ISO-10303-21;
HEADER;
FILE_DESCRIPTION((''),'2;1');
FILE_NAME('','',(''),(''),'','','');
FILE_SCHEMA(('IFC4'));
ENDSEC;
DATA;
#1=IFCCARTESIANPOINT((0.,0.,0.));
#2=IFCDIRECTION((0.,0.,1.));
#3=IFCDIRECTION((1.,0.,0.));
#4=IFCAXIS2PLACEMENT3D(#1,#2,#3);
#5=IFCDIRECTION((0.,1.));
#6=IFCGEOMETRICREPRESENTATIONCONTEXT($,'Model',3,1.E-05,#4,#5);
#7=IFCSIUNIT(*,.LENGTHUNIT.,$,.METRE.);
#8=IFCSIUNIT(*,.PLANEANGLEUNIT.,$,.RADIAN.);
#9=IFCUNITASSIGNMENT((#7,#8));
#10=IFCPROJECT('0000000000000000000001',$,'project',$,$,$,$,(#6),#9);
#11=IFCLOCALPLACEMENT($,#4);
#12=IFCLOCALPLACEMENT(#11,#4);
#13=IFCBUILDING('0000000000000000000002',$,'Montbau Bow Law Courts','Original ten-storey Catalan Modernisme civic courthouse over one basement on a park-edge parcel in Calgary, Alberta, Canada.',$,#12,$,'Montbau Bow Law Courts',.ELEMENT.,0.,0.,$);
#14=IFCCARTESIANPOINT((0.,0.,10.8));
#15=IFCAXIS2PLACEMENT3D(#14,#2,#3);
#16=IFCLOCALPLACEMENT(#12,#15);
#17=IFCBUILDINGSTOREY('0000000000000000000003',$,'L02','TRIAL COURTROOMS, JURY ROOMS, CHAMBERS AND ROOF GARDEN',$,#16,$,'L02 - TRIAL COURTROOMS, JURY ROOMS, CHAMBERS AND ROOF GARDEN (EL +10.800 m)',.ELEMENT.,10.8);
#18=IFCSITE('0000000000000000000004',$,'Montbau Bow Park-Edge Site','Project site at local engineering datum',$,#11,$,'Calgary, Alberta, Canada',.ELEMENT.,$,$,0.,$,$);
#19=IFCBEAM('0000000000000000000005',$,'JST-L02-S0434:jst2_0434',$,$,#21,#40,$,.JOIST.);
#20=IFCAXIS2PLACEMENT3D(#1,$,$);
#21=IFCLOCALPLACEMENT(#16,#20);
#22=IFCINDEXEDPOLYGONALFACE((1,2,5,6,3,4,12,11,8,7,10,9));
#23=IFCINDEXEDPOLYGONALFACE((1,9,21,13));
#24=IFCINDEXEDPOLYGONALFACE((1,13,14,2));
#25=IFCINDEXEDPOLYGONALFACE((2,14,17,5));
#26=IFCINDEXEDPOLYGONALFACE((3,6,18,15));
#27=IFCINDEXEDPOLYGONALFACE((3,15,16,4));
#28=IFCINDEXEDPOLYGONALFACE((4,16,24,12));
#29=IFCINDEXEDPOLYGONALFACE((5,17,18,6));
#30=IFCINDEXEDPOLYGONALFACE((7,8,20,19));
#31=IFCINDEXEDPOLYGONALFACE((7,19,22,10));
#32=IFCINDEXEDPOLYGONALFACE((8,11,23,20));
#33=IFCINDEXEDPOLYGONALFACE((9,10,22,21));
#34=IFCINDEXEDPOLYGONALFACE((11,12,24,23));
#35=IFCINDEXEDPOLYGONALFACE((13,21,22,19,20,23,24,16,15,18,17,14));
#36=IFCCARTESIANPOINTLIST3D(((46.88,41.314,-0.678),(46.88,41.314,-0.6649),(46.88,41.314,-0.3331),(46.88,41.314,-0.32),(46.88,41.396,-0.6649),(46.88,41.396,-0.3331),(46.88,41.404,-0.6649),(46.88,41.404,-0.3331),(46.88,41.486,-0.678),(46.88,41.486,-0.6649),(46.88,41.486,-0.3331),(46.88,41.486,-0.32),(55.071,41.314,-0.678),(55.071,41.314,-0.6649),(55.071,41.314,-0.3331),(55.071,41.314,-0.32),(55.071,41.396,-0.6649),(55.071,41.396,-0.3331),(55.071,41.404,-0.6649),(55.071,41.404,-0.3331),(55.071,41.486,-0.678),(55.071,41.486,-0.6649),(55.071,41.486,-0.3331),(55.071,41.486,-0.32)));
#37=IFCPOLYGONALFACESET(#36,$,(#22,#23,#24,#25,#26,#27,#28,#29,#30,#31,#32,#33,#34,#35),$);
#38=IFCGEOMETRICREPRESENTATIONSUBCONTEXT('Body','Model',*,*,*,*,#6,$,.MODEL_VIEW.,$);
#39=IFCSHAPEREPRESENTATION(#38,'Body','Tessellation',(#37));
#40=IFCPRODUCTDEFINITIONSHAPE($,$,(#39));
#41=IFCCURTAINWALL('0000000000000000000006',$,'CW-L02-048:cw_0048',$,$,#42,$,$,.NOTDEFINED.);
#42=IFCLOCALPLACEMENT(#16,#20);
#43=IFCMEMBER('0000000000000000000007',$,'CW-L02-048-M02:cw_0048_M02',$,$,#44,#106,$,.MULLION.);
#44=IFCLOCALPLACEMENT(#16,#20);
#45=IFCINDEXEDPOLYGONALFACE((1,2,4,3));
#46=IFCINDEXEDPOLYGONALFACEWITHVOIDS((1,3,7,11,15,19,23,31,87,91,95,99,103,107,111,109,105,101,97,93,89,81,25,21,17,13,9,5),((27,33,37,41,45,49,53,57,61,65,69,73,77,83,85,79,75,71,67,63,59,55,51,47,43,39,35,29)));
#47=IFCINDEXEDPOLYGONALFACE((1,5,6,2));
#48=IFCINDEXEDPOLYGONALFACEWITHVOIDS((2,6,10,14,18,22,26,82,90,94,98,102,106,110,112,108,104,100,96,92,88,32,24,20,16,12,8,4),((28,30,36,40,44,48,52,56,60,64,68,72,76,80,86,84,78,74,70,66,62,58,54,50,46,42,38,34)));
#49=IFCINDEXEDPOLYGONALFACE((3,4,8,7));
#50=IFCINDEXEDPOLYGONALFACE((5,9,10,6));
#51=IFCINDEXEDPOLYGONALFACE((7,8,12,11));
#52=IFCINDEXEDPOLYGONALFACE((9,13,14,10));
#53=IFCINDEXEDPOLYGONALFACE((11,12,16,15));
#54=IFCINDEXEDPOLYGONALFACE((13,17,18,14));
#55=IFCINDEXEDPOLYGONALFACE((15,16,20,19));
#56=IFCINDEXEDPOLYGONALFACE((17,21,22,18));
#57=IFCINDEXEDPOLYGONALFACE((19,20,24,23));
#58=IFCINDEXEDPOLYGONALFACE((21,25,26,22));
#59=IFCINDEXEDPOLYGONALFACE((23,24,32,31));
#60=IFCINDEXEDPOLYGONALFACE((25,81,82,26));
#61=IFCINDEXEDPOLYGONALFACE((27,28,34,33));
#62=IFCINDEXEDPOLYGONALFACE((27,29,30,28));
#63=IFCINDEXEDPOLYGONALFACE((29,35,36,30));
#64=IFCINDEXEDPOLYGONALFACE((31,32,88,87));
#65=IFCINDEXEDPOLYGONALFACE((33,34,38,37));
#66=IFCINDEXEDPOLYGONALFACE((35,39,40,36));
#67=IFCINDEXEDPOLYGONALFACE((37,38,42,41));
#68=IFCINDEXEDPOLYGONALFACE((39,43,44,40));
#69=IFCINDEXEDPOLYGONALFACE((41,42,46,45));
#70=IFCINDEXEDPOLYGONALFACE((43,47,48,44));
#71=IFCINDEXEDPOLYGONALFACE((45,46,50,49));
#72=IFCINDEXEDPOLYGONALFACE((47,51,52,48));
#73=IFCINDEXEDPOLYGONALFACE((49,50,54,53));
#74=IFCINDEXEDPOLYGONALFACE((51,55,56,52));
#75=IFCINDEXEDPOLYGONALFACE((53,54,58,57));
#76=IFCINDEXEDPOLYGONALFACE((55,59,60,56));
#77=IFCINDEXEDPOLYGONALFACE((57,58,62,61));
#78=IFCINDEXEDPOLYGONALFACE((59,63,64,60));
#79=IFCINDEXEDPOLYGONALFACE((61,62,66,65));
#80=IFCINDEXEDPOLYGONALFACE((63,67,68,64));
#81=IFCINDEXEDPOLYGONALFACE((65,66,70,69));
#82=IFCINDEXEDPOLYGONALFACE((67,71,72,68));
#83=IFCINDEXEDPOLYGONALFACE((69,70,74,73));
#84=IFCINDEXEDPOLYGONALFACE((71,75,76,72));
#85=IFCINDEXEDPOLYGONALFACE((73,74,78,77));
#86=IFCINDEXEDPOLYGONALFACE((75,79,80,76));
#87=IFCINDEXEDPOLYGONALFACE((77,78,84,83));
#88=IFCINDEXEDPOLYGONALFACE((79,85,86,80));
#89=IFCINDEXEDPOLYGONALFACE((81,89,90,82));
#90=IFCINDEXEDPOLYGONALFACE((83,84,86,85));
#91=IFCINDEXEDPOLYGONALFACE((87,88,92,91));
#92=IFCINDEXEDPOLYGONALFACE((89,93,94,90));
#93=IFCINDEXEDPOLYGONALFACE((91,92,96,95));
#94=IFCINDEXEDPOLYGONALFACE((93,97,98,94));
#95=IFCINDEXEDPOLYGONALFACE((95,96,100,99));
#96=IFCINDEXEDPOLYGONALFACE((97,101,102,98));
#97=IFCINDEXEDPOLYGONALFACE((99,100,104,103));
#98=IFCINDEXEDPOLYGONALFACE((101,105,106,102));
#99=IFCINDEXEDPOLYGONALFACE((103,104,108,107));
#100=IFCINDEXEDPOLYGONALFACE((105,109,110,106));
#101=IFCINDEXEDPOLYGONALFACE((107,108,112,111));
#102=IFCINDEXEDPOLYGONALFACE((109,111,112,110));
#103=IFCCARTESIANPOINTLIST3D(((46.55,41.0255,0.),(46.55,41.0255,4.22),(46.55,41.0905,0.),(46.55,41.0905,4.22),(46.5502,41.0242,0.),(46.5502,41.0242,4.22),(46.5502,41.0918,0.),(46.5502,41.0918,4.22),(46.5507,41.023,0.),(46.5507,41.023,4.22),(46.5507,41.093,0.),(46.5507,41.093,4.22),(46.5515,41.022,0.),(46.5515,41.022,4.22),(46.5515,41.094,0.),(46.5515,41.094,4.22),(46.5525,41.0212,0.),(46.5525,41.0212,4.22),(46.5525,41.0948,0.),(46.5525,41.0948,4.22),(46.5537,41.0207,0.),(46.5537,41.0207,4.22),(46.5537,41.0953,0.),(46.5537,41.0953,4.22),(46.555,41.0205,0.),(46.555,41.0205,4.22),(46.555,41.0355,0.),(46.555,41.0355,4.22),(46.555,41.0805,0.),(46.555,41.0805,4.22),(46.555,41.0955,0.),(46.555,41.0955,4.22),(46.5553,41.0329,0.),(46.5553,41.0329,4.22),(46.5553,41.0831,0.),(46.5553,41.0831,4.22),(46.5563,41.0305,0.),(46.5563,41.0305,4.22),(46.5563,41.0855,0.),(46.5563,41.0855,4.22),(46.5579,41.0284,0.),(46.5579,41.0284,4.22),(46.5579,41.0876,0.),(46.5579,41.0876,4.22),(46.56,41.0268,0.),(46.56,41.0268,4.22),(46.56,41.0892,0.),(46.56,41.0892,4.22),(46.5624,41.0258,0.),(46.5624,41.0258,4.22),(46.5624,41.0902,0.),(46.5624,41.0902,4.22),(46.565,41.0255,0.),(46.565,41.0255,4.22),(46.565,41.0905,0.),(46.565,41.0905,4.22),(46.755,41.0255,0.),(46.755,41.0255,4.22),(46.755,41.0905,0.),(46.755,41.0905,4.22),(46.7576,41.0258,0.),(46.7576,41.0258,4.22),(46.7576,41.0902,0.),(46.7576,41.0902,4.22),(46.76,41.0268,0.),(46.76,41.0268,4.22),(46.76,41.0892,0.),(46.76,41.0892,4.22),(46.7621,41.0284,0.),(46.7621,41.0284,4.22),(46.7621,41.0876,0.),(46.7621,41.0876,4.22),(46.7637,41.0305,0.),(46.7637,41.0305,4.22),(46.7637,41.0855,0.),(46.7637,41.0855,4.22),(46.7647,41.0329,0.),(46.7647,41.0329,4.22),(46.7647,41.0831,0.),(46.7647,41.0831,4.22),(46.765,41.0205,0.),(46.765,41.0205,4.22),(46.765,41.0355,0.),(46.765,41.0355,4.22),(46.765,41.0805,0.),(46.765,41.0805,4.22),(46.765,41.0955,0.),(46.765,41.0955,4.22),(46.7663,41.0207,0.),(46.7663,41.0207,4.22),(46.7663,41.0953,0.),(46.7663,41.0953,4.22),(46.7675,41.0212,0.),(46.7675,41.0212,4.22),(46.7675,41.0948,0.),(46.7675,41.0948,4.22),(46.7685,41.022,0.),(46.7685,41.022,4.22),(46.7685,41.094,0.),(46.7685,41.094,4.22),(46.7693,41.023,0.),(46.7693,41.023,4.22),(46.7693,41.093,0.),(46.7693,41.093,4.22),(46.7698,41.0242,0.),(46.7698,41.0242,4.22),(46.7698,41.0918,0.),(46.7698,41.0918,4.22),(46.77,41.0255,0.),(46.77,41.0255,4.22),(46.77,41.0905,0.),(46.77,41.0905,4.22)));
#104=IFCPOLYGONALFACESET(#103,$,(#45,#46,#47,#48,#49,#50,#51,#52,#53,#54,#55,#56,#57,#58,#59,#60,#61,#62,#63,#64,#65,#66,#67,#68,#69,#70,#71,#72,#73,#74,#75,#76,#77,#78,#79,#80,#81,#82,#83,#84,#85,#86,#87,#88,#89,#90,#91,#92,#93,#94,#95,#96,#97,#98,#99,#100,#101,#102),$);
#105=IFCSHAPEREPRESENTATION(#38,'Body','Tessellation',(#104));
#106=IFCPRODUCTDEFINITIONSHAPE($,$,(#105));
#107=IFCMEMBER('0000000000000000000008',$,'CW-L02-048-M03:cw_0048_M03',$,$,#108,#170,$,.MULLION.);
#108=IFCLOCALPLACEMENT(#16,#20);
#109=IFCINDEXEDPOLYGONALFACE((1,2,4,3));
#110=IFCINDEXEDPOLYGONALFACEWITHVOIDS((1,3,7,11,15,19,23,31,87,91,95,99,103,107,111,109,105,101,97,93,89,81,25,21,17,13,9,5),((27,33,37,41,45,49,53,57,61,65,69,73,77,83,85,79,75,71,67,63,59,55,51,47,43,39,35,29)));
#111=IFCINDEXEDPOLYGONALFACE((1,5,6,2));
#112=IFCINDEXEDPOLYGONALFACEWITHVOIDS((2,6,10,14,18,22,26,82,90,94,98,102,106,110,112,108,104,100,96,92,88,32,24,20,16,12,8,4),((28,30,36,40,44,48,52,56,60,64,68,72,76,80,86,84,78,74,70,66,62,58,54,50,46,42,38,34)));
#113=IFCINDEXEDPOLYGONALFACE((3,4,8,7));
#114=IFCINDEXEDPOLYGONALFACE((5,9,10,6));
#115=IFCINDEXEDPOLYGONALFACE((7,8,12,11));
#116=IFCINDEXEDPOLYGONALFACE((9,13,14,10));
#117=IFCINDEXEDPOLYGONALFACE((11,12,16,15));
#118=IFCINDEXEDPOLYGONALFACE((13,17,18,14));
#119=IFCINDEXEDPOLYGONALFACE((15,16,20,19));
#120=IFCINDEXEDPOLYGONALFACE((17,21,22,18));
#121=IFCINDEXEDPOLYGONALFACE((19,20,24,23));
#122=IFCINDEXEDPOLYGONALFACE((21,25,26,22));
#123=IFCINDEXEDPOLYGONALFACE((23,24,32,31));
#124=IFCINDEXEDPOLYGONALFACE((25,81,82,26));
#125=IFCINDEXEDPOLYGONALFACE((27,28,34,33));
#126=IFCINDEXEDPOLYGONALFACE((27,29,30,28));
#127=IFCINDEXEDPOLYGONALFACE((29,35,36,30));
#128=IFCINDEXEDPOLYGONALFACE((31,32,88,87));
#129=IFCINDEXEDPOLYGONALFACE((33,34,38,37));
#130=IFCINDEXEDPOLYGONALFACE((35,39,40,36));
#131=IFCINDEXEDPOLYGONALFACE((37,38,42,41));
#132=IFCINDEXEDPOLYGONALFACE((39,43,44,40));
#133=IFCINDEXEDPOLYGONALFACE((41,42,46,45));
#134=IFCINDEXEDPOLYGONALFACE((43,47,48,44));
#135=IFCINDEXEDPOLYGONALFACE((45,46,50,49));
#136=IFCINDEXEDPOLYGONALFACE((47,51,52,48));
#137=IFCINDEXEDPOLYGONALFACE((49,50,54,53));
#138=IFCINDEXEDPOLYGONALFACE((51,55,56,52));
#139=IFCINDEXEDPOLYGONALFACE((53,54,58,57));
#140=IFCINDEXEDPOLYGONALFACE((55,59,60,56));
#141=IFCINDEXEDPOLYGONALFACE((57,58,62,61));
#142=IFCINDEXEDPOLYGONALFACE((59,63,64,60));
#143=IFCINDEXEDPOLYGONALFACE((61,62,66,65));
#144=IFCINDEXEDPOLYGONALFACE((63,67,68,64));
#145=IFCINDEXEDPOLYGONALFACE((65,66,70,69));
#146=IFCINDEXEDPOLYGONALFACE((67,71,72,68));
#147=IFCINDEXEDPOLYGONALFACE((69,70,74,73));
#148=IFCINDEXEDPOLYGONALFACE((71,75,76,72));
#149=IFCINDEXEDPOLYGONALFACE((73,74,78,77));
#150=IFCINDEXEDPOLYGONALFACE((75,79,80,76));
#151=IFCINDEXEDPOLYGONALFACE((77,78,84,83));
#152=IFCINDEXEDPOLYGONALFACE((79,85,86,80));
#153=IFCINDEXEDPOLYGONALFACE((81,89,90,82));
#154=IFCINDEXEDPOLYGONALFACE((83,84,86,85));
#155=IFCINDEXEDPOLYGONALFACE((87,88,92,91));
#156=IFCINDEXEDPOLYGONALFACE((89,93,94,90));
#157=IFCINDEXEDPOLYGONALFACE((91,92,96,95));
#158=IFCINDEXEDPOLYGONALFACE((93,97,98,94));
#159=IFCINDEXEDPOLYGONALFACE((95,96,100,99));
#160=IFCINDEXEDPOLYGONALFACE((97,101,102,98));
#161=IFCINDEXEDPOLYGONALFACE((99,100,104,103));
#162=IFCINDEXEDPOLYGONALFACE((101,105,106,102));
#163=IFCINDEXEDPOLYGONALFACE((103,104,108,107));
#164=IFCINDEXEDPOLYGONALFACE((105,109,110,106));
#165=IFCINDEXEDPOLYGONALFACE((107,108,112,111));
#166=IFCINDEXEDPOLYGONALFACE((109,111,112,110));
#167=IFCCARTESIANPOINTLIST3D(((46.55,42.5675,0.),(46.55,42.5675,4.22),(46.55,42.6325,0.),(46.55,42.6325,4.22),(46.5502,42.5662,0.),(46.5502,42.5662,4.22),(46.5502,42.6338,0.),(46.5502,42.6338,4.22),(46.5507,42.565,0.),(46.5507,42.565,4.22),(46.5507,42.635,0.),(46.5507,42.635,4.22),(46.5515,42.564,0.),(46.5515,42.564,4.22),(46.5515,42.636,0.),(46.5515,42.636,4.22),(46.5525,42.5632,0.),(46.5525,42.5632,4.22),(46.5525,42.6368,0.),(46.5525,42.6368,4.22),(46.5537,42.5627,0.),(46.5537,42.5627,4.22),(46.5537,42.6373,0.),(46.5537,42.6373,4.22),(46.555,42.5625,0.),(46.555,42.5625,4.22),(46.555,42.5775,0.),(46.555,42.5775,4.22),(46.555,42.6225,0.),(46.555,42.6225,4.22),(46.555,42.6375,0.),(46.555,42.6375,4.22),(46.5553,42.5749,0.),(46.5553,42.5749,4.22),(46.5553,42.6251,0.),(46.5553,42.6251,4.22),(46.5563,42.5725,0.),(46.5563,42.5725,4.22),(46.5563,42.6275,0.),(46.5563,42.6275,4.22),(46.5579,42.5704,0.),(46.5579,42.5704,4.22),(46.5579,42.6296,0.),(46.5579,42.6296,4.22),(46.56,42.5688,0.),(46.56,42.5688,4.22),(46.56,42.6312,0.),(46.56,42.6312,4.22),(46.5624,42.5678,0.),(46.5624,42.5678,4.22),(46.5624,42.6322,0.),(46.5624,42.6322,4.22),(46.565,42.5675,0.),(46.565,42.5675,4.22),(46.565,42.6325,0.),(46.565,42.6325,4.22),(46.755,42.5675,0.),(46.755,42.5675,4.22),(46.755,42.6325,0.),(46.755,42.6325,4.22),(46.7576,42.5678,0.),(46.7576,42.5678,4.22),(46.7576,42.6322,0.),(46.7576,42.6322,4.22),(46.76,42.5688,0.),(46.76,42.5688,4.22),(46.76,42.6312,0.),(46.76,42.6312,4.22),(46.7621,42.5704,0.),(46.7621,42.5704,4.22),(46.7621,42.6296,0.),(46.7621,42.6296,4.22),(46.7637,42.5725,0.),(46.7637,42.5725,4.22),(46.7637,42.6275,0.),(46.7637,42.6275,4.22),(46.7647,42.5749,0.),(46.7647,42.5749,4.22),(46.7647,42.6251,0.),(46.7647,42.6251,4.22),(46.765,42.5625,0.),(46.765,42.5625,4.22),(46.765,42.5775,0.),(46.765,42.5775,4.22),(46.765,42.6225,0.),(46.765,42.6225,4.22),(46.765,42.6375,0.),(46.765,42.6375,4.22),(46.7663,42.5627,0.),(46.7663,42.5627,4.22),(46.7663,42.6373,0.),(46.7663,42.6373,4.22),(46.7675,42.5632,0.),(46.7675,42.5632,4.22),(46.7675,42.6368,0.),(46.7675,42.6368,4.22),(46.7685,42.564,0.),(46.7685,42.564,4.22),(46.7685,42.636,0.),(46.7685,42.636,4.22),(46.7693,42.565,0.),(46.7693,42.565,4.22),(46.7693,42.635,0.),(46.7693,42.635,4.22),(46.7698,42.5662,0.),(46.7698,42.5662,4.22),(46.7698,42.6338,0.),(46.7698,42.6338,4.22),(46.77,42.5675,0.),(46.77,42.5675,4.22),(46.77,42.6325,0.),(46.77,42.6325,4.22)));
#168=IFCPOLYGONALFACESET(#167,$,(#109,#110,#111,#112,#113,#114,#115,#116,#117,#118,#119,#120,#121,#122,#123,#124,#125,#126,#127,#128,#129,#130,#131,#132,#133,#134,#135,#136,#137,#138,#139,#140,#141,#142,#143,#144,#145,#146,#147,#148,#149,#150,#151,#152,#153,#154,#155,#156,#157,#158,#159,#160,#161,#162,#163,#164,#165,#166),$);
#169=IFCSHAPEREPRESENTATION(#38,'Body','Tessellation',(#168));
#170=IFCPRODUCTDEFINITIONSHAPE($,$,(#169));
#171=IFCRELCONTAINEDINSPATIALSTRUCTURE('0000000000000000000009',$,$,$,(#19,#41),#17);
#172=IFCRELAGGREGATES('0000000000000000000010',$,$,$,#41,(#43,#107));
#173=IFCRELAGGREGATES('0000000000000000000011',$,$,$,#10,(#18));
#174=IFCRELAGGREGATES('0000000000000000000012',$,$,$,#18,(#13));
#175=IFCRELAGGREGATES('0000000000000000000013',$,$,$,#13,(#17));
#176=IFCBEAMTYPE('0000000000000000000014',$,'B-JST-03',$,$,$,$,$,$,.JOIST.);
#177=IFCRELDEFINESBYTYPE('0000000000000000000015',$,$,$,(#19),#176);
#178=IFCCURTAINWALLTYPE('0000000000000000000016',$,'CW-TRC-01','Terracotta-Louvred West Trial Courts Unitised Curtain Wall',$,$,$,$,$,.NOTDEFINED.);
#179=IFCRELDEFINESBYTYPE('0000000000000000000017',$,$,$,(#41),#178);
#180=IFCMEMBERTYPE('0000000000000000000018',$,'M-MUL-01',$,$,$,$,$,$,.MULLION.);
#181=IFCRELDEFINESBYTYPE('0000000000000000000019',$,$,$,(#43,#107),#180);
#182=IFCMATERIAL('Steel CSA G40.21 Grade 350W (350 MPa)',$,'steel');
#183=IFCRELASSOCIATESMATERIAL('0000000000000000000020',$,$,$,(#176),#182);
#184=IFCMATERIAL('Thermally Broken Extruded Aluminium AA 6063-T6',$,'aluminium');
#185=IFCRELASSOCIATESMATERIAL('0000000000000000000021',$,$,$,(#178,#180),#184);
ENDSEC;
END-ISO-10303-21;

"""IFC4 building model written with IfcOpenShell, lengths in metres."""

from ifc_helpers import new_model, si_unit, direction, frame, origin_with_axes, origin_2d_with_axis, place, context, subcontext, project, spatial, hollow_rectangle, i_section, extrude, material, material_profile, profile_set, type_object, element, aggregate, save


model = new_model("IFC4")

# Units and contexts
model_context = context("Model", 3, precision=1e-05, world=origin_with_axes(), true_north=direction((0.0, 1.0)))
body_context = subcontext(model_context, "Body", "Model", "MODEL_VIEW")
ifc_project = project(units=[si_unit("LENGTHUNIT", "METRE"), si_unit("PLANEANGLEUNIT", "RADIAN")], contexts=[model_context])

# Site, building, storey
site_placement = place(None, origin_with_axes())
site = spatial("IfcSite", under=ifc_project, at=site_placement, Name="Montbau Bow Park-Edge Site", Description="Project site at local engineering datum", LongName="Calgary, Alberta, Canada", CompositionType="ELEMENT", RefElevation=0.0)
building_placement = place(site_placement, origin_with_axes())
building = spatial("IfcBuilding", under=site, at=building_placement, Name="Montbau Bow Law Courts", Description="Original ten-storey Catalan Modernisme civic courthouse over one basement on a park-edge parcel in Calgary, Alberta, Canada.", LongName="Montbau Bow Law Courts", CompositionType="ELEMENT", ElevationOfRefHeight=0.0, ElevationOfTerrain=0.0)
storey_placement = place(building_placement, frame((0.0, 0.0, 10.8), z_axis=(0.0, 0.0, 1.0), x_axis=(1.0, 0.0, 0.0)))
storey = spatial("IfcBuildingStorey", under=building, at=storey_placement, Name="L02", Description="TRIAL COURTROOMS, JURY ROOMS, CHAMBERS AND ROOF GARDEN", LongName="L02 - TRIAL COURTROOMS, JURY ROOMS, CHAMBERS AND ROOF GARDEN (EL +10.800 m)", CompositionType="ELEMENT", Elevation=10.8)

# Beam
ifc_material_1 = material(Name="Steel CSA G40.21 Grade 350W (350 MPa)", Category="steel")
ifc_material_profile_1 = material_profile(ifc_material_1, i_section(OverallWidth=0.172, OverallDepth=0.358, WebThickness=0.0079, FlangeThickness=0.0131, at=origin_2d_with_axis()), Name="W360X57", Category="Main", Priority=0)
ifc_profile_set_1 = profile_set([ifc_material_profile_1], Name="Steel CSA G40.21 Grade 350W (350 MPa)")
beam_type = type_object("IfcBeamType", Name="B-JST-03", PredefinedType="JOIST", material=ifc_profile_set_1)
beam_placement = place(None, frame((46.88, 41.4, 10.301), z_axis=(1.0, 0.0, 0.0), x_axis=(0.0, 1.0, 0.0)))
element("IfcBeam", 1, at=beam_placement, inside=storey, type_object=beam_type, Name="JST-L02-S0434:jst2_0434", PredefinedType="JOIST", context=body_context, shape_type="SweptSolid", body=[
    extrude(i_section(OverallWidth=0.172, OverallDepth=0.358, WebThickness=0.0079, FlangeThickness=0.0131, at=origin_2d_with_axis()), origin_with_axes(), (0.0, 0.0, 1.0), 8.191),
])

# Curtain wall, members
ifc_material_2 = material(Name="Thermally Broken Extruded Aluminium AA 6063-T6", Category="aluminium")
curtain_wall_type_1 = type_object("IfcCurtainWallType", Name="CW-TRC-01", Description="Terracotta-Louvred West Trial Courts Unitised Curtain Wall", PredefinedType="NOTDEFINED", material=ifc_material_2)
curtain_wall_1_placement = place(None, frame((46.66, 39.515, 10.8), z_axis=(0.0, 0.0, 1.0), x_axis=(1.0, 0.0, 0.0)))
curtain_wall_1 = element("IfcCurtainWall", 2, at=curtain_wall_1_placement, inside=storey, type_object=curtain_wall_type_1, Name="CW-L02-048:cw_0048", PredefinedType="NOTDEFINED")
ifc_material_profile_2 = material_profile(ifc_material_2, hollow_rectangle(XDim=0.075, YDim=0.22, WallThickness=0.005, InnerFilletRadius=0.01, OuterFilletRadius=0.005, at=origin_2d_with_axis()), Name="CWM-220X75", Category="Main", Priority=0)
ifc_profile_set_2 = profile_set([ifc_material_profile_2], Name="Thermally Broken Extruded Aluminium AA 6063-T6")
member_type_1 = type_object("IfcMemberType", Name="M-MUL-01", PredefinedType="MULLION", material=ifc_profile_set_2)
member_1_placement = place(None, frame((46.66, 41.058, 10.8), z_axis=(0.0, 0.0, 1.0), x_axis=(0.0, 1.0, 0.0)))
member_1 = element("IfcMember", 3, at=member_1_placement, type_object=member_type_1, Name="CW-L02-048-M02:cw_0048_M02", PredefinedType="MULLION", context=body_context, shape_type="SweptSolid", body=[
    extrude(hollow_rectangle(XDim=0.075, YDim=0.22, WallThickness=0.005, InnerFilletRadius=0.01, OuterFilletRadius=0.005, at=origin_2d_with_axis()), origin_with_axes(), (0.0, 0.0, 1.0), 4.22),
])
member_2_placement = place(None, frame((46.66, 42.6, 10.8), z_axis=(0.0, 0.0, 1.0), x_axis=(0.0, 1.0, 0.0)))
member_2 = element("IfcMember", 4, at=member_2_placement, type_object=member_type_1, Name="CW-L02-048-M03:cw_0048_M03", PredefinedType="MULLION", context=body_context, shape_type="SweptSolid", body=[
    extrude(hollow_rectangle(XDim=0.075, YDim=0.22, WallThickness=0.005, InnerFilletRadius=0.01, OuterFilletRadius=0.005, at=origin_2d_with_axis()), origin_with_axes(), (0.0, 0.0, 1.0), 4.22),
])

aggregate(curtain_wall_1, [member_1, member_2])

save(model, "model.ifc")
